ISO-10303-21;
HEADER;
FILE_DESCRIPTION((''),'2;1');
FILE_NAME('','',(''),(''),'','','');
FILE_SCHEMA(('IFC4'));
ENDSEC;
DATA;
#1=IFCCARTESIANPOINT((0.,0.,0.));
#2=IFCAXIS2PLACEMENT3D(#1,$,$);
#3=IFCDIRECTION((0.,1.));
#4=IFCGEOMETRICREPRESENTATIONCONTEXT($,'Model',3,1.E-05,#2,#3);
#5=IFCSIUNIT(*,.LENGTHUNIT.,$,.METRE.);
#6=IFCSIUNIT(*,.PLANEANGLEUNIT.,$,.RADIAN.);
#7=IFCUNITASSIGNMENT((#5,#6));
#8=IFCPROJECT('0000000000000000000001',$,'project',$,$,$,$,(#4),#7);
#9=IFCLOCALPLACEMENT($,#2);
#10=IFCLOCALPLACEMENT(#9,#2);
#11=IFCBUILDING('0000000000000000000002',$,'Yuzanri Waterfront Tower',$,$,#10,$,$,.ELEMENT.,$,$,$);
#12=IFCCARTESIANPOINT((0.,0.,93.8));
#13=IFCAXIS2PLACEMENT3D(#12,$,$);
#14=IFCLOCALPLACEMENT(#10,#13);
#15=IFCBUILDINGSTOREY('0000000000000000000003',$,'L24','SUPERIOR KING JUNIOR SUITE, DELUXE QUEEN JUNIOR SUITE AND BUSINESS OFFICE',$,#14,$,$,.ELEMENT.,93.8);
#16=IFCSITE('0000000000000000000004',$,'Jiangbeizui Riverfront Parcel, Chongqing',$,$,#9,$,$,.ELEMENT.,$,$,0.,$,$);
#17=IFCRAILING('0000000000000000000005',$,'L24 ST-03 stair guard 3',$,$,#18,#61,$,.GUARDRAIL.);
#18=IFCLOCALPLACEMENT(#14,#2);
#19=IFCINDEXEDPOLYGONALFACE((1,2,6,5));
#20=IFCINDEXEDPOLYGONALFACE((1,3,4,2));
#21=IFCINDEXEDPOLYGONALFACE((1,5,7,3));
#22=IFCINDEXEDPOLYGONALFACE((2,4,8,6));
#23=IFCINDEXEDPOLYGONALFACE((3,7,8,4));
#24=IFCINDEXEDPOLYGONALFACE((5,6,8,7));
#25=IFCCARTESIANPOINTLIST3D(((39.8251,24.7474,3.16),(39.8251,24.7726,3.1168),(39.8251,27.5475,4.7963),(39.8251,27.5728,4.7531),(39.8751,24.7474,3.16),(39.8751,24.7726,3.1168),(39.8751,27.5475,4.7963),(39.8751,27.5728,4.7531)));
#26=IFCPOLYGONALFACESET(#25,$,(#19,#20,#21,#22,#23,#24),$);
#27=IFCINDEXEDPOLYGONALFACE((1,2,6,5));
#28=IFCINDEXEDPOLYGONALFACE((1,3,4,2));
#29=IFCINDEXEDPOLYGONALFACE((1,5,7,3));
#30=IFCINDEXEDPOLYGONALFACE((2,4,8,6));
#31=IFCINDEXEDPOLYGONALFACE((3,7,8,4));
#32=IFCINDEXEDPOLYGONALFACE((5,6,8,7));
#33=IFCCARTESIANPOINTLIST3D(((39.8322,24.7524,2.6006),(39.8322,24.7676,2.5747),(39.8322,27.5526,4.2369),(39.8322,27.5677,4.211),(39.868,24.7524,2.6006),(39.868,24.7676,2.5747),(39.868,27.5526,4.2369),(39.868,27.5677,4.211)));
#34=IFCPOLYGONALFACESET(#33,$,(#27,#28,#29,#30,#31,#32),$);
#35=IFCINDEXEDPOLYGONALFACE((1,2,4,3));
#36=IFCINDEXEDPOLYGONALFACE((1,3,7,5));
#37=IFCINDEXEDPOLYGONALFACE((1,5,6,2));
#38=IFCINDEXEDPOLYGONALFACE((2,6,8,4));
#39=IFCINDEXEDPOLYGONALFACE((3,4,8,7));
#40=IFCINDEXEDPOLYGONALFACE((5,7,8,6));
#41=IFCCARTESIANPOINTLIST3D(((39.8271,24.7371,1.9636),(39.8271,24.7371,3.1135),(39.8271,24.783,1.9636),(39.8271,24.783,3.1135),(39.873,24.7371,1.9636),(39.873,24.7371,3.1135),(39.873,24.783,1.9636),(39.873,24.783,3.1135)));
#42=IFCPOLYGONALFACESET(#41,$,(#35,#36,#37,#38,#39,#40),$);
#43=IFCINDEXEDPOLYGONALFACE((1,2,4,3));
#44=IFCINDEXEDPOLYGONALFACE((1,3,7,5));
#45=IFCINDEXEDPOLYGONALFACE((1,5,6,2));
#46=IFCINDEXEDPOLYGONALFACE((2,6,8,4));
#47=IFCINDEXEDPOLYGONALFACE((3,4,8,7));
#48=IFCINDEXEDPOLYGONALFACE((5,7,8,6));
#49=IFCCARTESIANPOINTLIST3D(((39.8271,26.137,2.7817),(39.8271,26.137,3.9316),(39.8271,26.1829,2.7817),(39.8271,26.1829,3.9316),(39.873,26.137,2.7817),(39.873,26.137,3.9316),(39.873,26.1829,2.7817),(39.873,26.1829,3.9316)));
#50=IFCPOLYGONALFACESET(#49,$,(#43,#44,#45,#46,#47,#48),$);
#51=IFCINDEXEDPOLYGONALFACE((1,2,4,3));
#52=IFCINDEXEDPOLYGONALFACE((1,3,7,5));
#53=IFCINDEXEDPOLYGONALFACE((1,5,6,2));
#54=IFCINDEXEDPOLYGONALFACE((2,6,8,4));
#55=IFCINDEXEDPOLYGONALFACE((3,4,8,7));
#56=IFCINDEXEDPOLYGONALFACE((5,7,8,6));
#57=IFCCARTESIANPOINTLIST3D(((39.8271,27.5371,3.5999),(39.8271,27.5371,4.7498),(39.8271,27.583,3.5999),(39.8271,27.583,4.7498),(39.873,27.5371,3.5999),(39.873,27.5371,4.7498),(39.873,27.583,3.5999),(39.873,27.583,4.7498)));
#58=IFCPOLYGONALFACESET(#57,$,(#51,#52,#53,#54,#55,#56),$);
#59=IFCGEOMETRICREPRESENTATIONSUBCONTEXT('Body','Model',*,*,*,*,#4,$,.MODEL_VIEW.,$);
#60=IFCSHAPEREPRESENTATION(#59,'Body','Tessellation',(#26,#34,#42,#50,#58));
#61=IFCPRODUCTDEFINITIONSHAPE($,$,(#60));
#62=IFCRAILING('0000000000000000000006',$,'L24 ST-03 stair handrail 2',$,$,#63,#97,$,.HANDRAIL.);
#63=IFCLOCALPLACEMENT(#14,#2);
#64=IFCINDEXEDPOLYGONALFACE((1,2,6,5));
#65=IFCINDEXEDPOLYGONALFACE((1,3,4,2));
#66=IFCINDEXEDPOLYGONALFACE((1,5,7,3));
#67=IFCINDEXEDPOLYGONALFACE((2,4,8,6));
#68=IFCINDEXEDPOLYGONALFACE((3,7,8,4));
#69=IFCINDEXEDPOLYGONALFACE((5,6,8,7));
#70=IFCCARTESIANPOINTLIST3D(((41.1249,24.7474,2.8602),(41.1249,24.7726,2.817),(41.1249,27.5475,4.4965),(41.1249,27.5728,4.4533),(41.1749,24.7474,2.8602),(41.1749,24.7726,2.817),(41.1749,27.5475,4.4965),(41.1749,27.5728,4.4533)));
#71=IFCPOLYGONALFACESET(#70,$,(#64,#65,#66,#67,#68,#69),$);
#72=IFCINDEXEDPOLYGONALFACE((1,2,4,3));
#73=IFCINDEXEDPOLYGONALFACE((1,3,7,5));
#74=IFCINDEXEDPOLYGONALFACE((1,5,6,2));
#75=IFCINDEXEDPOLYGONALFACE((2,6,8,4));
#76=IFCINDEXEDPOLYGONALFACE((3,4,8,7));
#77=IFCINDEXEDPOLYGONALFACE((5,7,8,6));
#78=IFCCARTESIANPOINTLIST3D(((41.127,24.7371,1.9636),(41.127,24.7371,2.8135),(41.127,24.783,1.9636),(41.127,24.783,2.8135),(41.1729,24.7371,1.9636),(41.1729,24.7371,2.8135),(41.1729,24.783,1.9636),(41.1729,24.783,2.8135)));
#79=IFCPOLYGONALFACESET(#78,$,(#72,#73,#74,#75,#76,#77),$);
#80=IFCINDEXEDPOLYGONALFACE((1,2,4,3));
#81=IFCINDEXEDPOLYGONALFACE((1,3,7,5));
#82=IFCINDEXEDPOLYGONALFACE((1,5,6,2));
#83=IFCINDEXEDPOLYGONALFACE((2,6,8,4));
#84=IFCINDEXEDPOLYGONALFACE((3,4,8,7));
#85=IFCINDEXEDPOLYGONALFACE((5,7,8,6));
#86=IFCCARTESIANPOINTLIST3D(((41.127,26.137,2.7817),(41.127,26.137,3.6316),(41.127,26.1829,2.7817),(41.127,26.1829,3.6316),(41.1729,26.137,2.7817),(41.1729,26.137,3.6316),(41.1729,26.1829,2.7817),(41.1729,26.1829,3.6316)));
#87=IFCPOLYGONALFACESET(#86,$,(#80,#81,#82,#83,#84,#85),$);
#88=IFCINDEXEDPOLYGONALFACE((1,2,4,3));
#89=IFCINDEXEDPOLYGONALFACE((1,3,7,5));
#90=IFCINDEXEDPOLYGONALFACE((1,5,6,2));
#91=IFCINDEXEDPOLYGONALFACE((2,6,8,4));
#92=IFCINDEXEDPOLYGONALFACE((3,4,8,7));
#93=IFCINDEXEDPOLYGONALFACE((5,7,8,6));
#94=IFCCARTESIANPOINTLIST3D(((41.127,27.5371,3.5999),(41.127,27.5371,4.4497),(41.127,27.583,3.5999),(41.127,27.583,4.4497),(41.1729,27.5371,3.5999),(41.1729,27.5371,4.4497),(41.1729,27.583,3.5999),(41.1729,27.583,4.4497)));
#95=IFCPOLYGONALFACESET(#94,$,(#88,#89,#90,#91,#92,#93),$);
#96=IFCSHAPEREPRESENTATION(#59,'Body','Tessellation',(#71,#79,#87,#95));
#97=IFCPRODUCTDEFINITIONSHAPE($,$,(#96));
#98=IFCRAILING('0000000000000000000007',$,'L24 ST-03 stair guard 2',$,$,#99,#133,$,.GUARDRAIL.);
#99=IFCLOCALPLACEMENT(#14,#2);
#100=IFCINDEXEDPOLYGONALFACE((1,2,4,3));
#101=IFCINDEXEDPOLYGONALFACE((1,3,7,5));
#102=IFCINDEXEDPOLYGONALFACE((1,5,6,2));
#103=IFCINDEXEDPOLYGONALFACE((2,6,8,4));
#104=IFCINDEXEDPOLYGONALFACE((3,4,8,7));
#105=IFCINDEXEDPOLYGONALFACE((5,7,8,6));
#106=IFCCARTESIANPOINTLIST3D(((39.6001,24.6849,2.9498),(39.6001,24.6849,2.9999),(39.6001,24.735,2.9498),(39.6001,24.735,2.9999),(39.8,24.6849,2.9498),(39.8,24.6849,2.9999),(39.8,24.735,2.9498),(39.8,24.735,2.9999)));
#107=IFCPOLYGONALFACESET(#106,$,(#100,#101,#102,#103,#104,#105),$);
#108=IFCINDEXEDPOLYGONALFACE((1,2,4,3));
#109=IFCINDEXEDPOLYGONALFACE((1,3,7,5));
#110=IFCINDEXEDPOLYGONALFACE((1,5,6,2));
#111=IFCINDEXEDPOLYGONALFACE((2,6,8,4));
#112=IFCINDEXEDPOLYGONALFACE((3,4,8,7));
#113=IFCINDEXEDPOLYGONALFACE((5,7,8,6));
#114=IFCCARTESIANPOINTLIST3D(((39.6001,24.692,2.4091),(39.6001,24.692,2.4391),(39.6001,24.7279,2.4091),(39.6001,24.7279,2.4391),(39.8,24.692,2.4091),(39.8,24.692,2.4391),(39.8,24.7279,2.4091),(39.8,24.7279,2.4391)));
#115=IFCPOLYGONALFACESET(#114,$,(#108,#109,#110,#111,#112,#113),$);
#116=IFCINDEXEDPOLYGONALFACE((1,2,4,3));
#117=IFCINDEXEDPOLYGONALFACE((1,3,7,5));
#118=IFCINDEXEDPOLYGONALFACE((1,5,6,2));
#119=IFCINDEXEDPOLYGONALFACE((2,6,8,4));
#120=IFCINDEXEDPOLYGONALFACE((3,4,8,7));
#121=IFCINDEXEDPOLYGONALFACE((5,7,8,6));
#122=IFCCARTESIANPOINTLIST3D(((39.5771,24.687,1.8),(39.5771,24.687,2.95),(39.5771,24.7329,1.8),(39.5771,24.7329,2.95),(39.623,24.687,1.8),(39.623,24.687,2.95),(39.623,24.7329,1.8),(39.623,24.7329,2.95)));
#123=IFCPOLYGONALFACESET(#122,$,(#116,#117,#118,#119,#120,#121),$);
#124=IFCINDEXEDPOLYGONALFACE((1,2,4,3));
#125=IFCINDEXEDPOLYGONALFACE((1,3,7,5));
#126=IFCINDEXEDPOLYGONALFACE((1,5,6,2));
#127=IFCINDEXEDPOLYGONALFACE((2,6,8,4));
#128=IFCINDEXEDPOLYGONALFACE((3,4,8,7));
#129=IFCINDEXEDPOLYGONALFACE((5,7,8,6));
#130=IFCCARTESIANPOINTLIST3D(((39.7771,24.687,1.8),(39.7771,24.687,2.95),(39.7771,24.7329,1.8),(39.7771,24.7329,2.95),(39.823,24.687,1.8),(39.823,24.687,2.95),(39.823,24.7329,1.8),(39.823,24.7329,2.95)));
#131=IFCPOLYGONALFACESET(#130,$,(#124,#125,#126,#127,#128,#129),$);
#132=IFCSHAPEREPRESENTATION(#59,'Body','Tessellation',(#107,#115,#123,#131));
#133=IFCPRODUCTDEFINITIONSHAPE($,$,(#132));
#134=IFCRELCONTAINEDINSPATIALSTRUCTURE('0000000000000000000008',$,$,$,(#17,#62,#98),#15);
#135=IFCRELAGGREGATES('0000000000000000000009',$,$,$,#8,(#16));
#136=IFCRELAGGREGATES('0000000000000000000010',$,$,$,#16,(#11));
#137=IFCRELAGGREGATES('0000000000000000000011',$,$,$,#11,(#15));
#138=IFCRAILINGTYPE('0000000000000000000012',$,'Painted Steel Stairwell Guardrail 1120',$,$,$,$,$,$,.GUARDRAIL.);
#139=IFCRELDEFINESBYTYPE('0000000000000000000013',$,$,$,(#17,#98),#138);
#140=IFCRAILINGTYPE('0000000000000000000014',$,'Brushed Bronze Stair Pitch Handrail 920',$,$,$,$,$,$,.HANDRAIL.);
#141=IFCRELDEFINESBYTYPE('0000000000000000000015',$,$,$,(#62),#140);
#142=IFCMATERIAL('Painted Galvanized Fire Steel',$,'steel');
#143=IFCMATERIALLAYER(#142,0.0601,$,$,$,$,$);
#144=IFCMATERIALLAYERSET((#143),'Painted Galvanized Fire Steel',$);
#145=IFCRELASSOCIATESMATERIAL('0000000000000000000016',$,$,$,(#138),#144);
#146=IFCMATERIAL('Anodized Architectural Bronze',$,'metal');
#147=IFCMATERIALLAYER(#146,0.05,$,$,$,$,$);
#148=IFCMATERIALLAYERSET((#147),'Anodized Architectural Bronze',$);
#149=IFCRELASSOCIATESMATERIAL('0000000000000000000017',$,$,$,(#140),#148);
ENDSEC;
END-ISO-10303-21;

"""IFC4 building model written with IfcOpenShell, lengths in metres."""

from ifc_helpers import new_model, si_unit, direction, frame, origin, origin_2d, place, context, subcontext, project, spatial, rectangle, extrude, source, transform, mapped, material, layer, layer_set, type_object, element, save


model = new_model("IFC4")

# Units and contexts
model_context = context("Model", 3, precision=1e-05, world=origin(), true_north=direction((0.0, 1.0)))
body_context = subcontext(model_context, "Body", "Model", "MODEL_VIEW")
ifc_project = project(units=[si_unit("LENGTHUNIT", "METRE"), si_unit("PLANEANGLEUNIT", "RADIAN")], contexts=[model_context])

# Site, building, storey
site_placement = place(None, origin())
site = spatial("IfcSite", under=ifc_project, at=site_placement, Name="Jiangbeizui Riverfront Parcel, Chongqing", CompositionType="ELEMENT", RefElevation=0.0)
building_placement = place(site_placement, origin())
building = spatial("IfcBuilding", under=site, at=building_placement, Name="Yuzanri Waterfront Tower", CompositionType="ELEMENT")
storey_placement = place(building_placement, frame((0.0, 0.0, 93.8)))
storey = spatial("IfcBuildingStorey", under=building, at=storey_placement, Name="L24", Description="SUPERIOR KING JUNIOR SUITE, DELUXE QUEEN JUNIOR SUITE AND BUSINESS OFFICE", CompositionType="ELEMENT", Elevation=93.8)

# Railings
ifc_material_1 = material(Name="Painted Galvanized Fire Steel", Category="steel")
ifc_layer_1 = layer(ifc_material_1, 0.0601)
ifc_layer_set_1 = layer_set([ifc_layer_1], Name="Painted Galvanized Fire Steel")
railing_type_1 = type_object("IfcRailingType", Name="Painted Steel Stairwell Guardrail 1120", PredefinedType="GUARDRAIL", material=ifc_layer_set_1)
shared_shape_1 = source(origin(), body_context, "Body", "SweptSolid", [
    extrude(rectangle(XDim=0.05, YDim=0.05, at=origin_2d()), frame((0.0, 0.0, 1.1748), z_axis=(0.0, 0.863394, 0.504531), x_axis=(-1.0, 0.0, 0.0)), (0.0, 0.0, 1.0), 3.2432),
    extrude(rectangle(XDim=0.0359, YDim=0.03, at=origin_2d()), frame((0.0, 0.0, 0.624), z_axis=(0.0, 0.863394, 0.504531), x_axis=(-1.0, 0.0, 0.0)), (0.0, 0.0, 1.0), 3.2432),
    extrude(rectangle(XDim=0.0459, YDim=0.0459, at=origin_2d()), origin(), (0.0, 0.0, 1.0), 1.1499),
    extrude(rectangle(XDim=0.0459, YDim=0.0459, at=origin_2d()), frame((0.0, 1.3999, 0.8181)), (0.0, 0.0, 1.0), 1.1499),
    extrude(rectangle(XDim=0.0459, YDim=0.0459, at=origin_2d()), frame((0.0, 2.8, 1.6362)), (0.0, 0.0, 1.0), 1.1499),
])
railing_1_placement = place(storey_placement, frame((39.8501, 24.76, 1.9636)))
element("IfcRailing", 1, at=railing_1_placement, inside=storey, type_object=railing_type_1, Name="L24 ST-03 stair guard 3", PredefinedType="GUARDRAIL", context=body_context, shape_type="MappedRepresentation", body=[
    mapped(shared_shape_1, transform((0.0, 0.0, 0.0), scale=1.0)),
])
ifc_material_2 = material(Name="Anodized Architectural Bronze", Category="metal")
ifc_layer_2 = layer(ifc_material_2, 0.05)
ifc_layer_set_2 = layer_set([ifc_layer_2], Name="Anodized Architectural Bronze")
railing_type_2 = type_object("IfcRailingType", Name="Brushed Bronze Stair Pitch Handrail 920", PredefinedType="HANDRAIL", material=ifc_layer_set_2)
shared_shape_2 = source(origin(), body_context, "Body", "SweptSolid", [
    extrude(rectangle(XDim=0.05, YDim=0.05, at=origin_2d()), frame((0.0, 0.0, 0.875), z_axis=(0.0, 0.863394, 0.504531), x_axis=(-1.0, 0.0, 0.0)), (0.0, 0.0, 1.0), 3.2432),
    extrude(rectangle(XDim=0.0459, YDim=0.0459, at=origin_2d()), origin(), (0.0, 0.0, 1.0), 0.8499),
    extrude(rectangle(XDim=0.0459, YDim=0.0459, at=origin_2d()), frame((0.0, 1.3999, 0.8181)), (0.0, 0.0, 1.0), 0.8499),
    extrude(rectangle(XDim=0.0459, YDim=0.0459, at=origin_2d()), frame((0.0, 2.8, 1.6362)), (0.0, 0.0, 1.0), 0.8499),
])
railing_2_placement = place(storey_placement, frame((41.1499, 24.76, 1.9636)))
element("IfcRailing", 2, at=railing_2_placement, inside=storey, type_object=railing_type_2, Name="L24 ST-03 stair handrail 2", PredefinedType="HANDRAIL", context=body_context, shape_type="MappedRepresentation", body=[
    mapped(shared_shape_2, transform((0.0, 0.0, 0.0), scale=1.0)),
])
shared_shape_3 = source(origin(), body_context, "Body", "SweptSolid", [
    extrude(rectangle(XDim=0.05, YDim=0.05, at=origin_2d()), frame((0.0, 0.0, 1.1748), z_axis=(1.0, 0.0, 0.0), x_axis=(0.0, 1.0, 0.0)), (0.0, 0.0, 1.0), 0.2),
    extrude(rectangle(XDim=0.0359, YDim=0.03, at=origin_2d()), frame((0.0, 0.0, 0.624), z_axis=(1.0, 0.0, 0.0), x_axis=(0.0, 1.0, 0.0)), (0.0, 0.0, 1.0), 0.2),
    extrude(rectangle(XDim=0.0459, YDim=0.0459, at=origin_2d()), origin(), (0.0, 0.0, 1.0), 1.1499),
    extrude(rectangle(XDim=0.0459, YDim=0.0459, at=origin_2d()), frame((0.2, 0.0, 0.0)), (0.0, 0.0, 1.0), 1.1499),
])
railing_3_placement = place(storey_placement, frame((39.6001, 24.71, 1.8)))
element("IfcRailing", 3, at=railing_3_placement, inside=storey, type_object=railing_type_1, Name="L24 ST-03 stair guard 2", PredefinedType="GUARDRAIL", context=body_context, shape_type="MappedRepresentation", body=[
    mapped(shared_shape_3, transform((0.0, 0.0, 0.0), scale=1.0)),
])

save(model, "model.ifc")
